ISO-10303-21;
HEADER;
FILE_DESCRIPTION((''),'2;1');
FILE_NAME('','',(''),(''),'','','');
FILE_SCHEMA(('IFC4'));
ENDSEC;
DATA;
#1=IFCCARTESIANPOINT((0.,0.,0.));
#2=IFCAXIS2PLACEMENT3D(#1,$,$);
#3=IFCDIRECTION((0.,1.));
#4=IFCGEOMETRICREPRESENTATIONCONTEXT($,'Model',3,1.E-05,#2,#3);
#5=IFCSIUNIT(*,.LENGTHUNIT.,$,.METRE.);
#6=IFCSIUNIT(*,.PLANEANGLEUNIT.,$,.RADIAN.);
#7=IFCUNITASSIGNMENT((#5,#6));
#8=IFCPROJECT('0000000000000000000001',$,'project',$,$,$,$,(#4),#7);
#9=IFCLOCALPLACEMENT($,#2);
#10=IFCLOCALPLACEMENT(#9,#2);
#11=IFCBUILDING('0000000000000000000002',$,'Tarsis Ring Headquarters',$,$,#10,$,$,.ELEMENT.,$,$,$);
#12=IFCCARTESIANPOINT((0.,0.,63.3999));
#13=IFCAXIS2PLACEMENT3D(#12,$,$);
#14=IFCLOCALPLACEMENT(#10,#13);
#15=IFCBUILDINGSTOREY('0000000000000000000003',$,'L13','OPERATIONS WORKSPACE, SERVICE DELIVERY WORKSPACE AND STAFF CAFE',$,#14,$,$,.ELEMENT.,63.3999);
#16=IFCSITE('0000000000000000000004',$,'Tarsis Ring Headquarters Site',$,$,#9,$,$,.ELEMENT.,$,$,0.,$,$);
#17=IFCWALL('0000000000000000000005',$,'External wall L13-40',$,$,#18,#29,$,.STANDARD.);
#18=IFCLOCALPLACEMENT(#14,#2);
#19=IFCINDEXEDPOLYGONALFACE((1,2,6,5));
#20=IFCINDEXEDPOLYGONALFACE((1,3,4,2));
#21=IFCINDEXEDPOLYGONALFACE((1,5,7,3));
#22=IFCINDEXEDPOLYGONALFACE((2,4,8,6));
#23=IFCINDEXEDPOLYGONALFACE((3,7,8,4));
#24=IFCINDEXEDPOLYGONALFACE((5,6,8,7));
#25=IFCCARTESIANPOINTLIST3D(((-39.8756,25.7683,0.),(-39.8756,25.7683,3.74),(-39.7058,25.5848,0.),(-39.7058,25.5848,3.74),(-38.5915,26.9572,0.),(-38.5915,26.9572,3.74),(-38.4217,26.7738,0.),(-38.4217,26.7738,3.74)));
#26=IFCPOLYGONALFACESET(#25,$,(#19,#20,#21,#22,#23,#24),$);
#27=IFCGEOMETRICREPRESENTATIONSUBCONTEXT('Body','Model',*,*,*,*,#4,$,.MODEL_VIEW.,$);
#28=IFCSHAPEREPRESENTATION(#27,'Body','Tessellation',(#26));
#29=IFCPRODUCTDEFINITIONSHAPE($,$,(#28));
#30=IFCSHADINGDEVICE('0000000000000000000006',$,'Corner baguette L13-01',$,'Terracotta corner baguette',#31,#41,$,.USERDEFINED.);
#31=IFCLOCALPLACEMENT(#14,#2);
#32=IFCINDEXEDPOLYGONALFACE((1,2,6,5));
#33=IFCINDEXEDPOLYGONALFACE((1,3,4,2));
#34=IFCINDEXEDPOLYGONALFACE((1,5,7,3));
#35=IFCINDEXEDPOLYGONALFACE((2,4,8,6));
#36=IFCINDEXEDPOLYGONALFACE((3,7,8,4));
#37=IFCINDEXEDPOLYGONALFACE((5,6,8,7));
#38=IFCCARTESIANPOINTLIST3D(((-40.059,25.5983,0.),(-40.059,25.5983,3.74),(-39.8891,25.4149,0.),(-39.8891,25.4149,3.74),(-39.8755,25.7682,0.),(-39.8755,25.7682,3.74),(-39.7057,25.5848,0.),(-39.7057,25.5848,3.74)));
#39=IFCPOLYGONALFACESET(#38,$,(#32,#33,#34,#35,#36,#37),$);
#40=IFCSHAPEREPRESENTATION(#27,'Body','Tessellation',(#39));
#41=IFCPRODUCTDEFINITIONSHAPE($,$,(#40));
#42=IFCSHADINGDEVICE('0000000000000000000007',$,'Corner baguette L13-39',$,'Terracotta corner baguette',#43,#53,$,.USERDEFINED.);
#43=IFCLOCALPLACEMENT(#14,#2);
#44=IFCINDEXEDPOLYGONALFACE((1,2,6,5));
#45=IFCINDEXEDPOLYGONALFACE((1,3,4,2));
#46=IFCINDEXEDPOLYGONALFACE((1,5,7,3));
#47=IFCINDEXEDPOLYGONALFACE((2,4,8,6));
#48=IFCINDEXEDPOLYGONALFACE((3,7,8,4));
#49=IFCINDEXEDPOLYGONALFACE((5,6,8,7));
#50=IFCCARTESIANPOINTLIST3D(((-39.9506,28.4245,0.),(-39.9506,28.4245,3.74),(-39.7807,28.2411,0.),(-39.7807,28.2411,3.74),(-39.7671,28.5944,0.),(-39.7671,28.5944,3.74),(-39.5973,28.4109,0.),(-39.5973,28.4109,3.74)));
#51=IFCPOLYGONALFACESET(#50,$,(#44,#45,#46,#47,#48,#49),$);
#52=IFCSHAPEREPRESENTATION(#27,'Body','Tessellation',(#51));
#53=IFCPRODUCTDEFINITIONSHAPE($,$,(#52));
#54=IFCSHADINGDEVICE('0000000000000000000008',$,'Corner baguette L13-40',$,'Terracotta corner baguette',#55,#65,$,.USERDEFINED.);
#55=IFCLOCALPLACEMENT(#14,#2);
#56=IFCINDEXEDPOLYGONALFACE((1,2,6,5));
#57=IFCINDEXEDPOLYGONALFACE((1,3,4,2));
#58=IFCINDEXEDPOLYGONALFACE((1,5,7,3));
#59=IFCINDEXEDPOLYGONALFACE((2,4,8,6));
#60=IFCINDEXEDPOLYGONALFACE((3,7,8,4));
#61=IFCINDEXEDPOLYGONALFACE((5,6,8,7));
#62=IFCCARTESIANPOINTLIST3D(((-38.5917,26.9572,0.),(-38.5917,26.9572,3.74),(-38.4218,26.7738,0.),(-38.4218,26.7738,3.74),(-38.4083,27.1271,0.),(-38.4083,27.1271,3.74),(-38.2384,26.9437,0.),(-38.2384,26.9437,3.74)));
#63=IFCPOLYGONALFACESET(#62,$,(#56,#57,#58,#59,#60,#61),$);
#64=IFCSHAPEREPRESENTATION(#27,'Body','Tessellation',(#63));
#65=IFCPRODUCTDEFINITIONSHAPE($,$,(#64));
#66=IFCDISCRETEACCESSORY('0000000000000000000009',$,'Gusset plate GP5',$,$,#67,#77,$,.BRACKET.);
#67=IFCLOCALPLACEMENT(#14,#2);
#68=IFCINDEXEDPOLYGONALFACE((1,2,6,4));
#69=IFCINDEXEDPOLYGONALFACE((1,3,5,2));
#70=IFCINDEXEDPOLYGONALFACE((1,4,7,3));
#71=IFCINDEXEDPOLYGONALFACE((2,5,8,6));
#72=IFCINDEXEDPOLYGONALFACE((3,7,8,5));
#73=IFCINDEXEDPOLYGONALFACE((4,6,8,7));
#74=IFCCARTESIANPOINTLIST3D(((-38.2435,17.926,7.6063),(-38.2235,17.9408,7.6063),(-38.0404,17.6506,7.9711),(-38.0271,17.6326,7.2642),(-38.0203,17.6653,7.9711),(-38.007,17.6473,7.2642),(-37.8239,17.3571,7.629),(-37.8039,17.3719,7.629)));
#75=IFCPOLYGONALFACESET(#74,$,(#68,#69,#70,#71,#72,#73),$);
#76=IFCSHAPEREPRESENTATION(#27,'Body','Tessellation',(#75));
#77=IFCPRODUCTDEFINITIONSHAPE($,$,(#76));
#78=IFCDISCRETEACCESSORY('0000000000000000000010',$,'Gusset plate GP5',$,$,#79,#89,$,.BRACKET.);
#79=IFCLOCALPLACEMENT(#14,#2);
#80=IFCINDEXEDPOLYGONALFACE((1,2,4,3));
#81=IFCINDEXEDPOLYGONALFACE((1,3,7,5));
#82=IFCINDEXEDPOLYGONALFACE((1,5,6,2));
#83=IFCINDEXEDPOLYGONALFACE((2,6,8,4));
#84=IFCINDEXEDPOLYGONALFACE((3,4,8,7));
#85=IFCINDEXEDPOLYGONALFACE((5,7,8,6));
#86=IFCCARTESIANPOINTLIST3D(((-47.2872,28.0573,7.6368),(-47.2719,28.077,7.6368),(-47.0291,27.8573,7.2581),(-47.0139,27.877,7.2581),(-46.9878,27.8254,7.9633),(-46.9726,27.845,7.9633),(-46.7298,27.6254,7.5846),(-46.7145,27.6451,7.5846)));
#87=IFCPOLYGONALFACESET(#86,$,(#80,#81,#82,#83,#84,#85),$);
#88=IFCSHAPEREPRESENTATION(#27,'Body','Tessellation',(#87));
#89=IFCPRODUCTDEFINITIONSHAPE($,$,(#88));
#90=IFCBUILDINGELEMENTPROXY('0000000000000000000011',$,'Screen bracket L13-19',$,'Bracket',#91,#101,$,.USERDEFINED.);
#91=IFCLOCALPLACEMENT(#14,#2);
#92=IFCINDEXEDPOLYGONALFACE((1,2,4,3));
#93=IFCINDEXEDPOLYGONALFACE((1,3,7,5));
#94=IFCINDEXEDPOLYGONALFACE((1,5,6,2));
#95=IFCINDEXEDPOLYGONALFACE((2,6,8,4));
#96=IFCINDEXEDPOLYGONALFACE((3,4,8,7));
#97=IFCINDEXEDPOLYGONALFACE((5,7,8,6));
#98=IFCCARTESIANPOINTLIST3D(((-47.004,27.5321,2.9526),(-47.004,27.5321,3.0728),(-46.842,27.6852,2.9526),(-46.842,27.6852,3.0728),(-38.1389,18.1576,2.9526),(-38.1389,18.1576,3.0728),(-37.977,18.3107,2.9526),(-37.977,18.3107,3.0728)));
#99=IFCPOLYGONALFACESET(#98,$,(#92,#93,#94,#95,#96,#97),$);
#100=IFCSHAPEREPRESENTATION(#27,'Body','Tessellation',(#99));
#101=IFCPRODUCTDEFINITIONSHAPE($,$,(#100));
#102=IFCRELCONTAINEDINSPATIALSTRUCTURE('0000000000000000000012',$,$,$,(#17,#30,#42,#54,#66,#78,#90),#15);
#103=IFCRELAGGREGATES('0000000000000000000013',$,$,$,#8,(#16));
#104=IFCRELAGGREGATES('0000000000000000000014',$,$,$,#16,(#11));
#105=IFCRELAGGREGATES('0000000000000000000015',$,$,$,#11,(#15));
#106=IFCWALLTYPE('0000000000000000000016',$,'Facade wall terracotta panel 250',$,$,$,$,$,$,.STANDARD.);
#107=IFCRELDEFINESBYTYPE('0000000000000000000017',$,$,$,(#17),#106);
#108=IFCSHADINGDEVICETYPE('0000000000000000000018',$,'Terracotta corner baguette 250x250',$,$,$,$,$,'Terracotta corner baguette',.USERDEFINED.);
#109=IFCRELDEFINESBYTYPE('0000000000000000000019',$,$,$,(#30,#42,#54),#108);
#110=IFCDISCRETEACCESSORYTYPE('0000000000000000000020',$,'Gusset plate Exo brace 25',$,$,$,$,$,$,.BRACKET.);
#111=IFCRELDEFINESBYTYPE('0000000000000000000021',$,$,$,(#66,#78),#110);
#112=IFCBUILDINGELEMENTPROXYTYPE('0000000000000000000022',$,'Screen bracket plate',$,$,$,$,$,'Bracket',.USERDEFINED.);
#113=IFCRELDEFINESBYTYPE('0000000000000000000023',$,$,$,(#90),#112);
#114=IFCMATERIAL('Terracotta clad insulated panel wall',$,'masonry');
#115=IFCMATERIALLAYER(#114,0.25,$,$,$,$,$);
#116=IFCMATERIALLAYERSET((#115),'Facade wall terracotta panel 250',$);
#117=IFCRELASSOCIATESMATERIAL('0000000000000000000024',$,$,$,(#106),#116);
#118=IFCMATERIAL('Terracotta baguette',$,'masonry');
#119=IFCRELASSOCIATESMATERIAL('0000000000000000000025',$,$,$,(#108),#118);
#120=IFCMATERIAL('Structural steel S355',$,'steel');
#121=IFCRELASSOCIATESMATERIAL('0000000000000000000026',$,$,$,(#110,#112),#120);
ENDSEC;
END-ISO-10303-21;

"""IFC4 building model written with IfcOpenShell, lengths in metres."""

from ifc_helpers import new_model, si_unit, direction, frame, frame_2d, origin, origin_2d, place, context, subcontext, project, spatial, rectangle, extrude, material, layer, layer_set, material_profile, profile_set, type_object, element, save


model = new_model("IFC4")

# Units and contexts
model_context = context("Model", 3, precision=1e-05, world=origin(), true_north=direction((0.0, 1.0)))
body_context = subcontext(model_context, "Body", "Model", "MODEL_VIEW")
ifc_project = project(units=[si_unit("LENGTHUNIT", "METRE"), si_unit("PLANEANGLEUNIT", "RADIAN")], contexts=[model_context])

# Site, building, storey
site_placement = place(None, origin())
site = spatial("IfcSite", under=ifc_project, at=site_placement, Name="Tarsis Ring Headquarters Site", CompositionType="ELEMENT", RefElevation=0.0)
building_placement = place(site_placement, origin())
building = spatial("IfcBuilding", under=site, at=building_placement, Name="Tarsis Ring Headquarters", CompositionType="ELEMENT")
storey_placement = place(building_placement, frame((0.0, 0.0, 63.3999)))
storey = spatial("IfcBuildingStorey", under=building, at=storey_placement, Name="L13", Description="OPERATIONS WORKSPACE, SERVICE DELIVERY WORKSPACE AND STAFF CAFE", CompositionType="ELEMENT", Elevation=63.3999)

# Shared definitions
ifc_material_1 = material(Name="Structural steel S355", Category="steel")

# Shared definitions
ifc_material_2 = material(Name="Terracotta clad insulated panel wall", Category="masonry")
ifc_layer = layer(ifc_material_2, 0.25)
ifc_layer_set = layer_set([ifc_layer], Name="Facade wall terracotta panel 250")
wall_type = type_object("IfcWallType", Name="Facade wall terracotta panel 250", PredefinedType="STANDARD", material=ifc_layer_set)

# Wall
for number, where, z_axis, x_axis, name in (
    (1, (-38.5066, 26.8655, 0.0), (0.0, 0.0, 1.0), (-0.733786, -0.67938, 0.0), "External wall L13-40"),
):
    element("IfcWall", number, at=place(storey_placement, frame(where, z_axis=z_axis, x_axis=x_axis)), inside=storey, type_object=wall_type, Name=name, PredefinedType="STANDARD", context=body_context, shape_type="SweptSolid", body=[
        extrude(rectangle(XDim=1.75, YDim=0.25, at=frame_2d((0.875, 0.0))), origin(), (0.0, 0.0, 1.0), 3.74),
    ])

# Shading devices
ifc_material_3 = material(Name="Terracotta baguette", Category="masonry")
shading_device_type_1 = type_object("IfcShadingDeviceType", Name="Terracotta corner baguette 250x250", ElementType="Terracotta corner baguette", PredefinedType="USERDEFINED", material=ifc_material_3)
for number, where, z_axis, x_axis, name in (
    (2, (-39.8823, 25.5916, 0.0), (0.0, 0.0, 1.0), (-0.73373, -0.679441, 0.0), "Corner baguette L13-01"),
    (3, (-39.7739, 28.4177, 0.0), (0.0, 0.0, 1.0), (-0.73373, -0.679442, 0.0), "Corner baguette L13-39"),
    (4, (-38.415, 26.9504, 0.0), (0.0, 0.0, 1.0), (0.679442, -0.73373, 0.0), "Corner baguette L13-40"),
):
    element("IfcShadingDevice", number, at=place(storey_placement, frame(where, z_axis=z_axis, x_axis=x_axis)), inside=storey, type_object=shading_device_type_1, Name=name, ObjectType="Terracotta corner baguette", PredefinedType="USERDEFINED", context=body_context, shape_type="SweptSolid", body=[
        extrude(rectangle(XDim=0.25, YDim=0.25, at=origin_2d()), origin(), (0.0, 0.0, 1.0), 3.74),
    ])

# Discrete accessories
ifc_material_profile_1 = material_profile(ifc_material_1, rectangle(XDim=0.0249, YDim=0.5, at=origin_2d()), Name="PL 25x500")
ifc_profile_set_1 = profile_set([ifc_material_profile_1], Name="Structural steel S355")
discrete_accessory_type = type_object("IfcDiscreteAccessoryType", Name="Gusset plate Exo brace 25", PredefinedType="BRACKET", material=ifc_profile_set_1)
discrete_accessory_1_placement = place(storey_placement, frame((-37.9221, 17.5112, 7.8), z_axis=(-0.406137, 0.550628, -0.729289), x_axis=(-0.804769, -0.593588, 0.0)))
element("IfcDiscreteAccessory", 5, at=discrete_accessory_1_placement, inside=storey, type_object=discrete_accessory_type, Name="Gusset plate GP5", PredefinedType="BRACKET", context=body_context, shape_type="SweptSolid", body=[
    extrude(rectangle(XDim=0.0249, YDim=0.5, at=origin_2d()), origin(), (0.0, 0.0, 1.0), 0.5002),
])
discrete_accessory_2_placement = place(storey_placement, frame((-47.1299, 27.9512, 7.8), z_axis=(0.516156, -0.399935, -0.757387), x_axis=(0.61249, 0.790478, 0.0)))
element("IfcDiscreteAccessory", 6, at=discrete_accessory_2_placement, inside=storey, type_object=discrete_accessory_type, Name="Gusset plate GP5", PredefinedType="BRACKET", context=body_context, shape_type="SweptSolid", body=[
    extrude(rectangle(XDim=0.0249, YDim=0.5, at=origin_2d()), origin(), (0.0, 0.0, 1.0), 0.5),
])

# Building element proxy
building_element_proxy_type = type_object("IfcBuildingElementProxyType", Name="Screen bracket plate", ElementType="Bracket", PredefinedType="USERDEFINED", material=ifc_material_1)
proxy_placement = place(storey_placement, frame((-42.4905, 22.9214, 2.9526), z_axis=(0.0, 0.0, 1.0), x_axis=(0.687088, -0.726575, 0.0)))
element("IfcBuildingElementProxy", 7, at=proxy_placement, inside=storey, type_object=building_element_proxy_type, Name="Screen bracket L13-19", ObjectType="Bracket", PredefinedType="USERDEFINED", context=body_context, shape_type="SweptSolid", body=[
    extrude(rectangle(XDim=12.9023, YDim=0.2229, at=origin_2d()), origin(), (0.0, 0.0, 1.0), 0.1201),
])

save(model, "model.ifc")
